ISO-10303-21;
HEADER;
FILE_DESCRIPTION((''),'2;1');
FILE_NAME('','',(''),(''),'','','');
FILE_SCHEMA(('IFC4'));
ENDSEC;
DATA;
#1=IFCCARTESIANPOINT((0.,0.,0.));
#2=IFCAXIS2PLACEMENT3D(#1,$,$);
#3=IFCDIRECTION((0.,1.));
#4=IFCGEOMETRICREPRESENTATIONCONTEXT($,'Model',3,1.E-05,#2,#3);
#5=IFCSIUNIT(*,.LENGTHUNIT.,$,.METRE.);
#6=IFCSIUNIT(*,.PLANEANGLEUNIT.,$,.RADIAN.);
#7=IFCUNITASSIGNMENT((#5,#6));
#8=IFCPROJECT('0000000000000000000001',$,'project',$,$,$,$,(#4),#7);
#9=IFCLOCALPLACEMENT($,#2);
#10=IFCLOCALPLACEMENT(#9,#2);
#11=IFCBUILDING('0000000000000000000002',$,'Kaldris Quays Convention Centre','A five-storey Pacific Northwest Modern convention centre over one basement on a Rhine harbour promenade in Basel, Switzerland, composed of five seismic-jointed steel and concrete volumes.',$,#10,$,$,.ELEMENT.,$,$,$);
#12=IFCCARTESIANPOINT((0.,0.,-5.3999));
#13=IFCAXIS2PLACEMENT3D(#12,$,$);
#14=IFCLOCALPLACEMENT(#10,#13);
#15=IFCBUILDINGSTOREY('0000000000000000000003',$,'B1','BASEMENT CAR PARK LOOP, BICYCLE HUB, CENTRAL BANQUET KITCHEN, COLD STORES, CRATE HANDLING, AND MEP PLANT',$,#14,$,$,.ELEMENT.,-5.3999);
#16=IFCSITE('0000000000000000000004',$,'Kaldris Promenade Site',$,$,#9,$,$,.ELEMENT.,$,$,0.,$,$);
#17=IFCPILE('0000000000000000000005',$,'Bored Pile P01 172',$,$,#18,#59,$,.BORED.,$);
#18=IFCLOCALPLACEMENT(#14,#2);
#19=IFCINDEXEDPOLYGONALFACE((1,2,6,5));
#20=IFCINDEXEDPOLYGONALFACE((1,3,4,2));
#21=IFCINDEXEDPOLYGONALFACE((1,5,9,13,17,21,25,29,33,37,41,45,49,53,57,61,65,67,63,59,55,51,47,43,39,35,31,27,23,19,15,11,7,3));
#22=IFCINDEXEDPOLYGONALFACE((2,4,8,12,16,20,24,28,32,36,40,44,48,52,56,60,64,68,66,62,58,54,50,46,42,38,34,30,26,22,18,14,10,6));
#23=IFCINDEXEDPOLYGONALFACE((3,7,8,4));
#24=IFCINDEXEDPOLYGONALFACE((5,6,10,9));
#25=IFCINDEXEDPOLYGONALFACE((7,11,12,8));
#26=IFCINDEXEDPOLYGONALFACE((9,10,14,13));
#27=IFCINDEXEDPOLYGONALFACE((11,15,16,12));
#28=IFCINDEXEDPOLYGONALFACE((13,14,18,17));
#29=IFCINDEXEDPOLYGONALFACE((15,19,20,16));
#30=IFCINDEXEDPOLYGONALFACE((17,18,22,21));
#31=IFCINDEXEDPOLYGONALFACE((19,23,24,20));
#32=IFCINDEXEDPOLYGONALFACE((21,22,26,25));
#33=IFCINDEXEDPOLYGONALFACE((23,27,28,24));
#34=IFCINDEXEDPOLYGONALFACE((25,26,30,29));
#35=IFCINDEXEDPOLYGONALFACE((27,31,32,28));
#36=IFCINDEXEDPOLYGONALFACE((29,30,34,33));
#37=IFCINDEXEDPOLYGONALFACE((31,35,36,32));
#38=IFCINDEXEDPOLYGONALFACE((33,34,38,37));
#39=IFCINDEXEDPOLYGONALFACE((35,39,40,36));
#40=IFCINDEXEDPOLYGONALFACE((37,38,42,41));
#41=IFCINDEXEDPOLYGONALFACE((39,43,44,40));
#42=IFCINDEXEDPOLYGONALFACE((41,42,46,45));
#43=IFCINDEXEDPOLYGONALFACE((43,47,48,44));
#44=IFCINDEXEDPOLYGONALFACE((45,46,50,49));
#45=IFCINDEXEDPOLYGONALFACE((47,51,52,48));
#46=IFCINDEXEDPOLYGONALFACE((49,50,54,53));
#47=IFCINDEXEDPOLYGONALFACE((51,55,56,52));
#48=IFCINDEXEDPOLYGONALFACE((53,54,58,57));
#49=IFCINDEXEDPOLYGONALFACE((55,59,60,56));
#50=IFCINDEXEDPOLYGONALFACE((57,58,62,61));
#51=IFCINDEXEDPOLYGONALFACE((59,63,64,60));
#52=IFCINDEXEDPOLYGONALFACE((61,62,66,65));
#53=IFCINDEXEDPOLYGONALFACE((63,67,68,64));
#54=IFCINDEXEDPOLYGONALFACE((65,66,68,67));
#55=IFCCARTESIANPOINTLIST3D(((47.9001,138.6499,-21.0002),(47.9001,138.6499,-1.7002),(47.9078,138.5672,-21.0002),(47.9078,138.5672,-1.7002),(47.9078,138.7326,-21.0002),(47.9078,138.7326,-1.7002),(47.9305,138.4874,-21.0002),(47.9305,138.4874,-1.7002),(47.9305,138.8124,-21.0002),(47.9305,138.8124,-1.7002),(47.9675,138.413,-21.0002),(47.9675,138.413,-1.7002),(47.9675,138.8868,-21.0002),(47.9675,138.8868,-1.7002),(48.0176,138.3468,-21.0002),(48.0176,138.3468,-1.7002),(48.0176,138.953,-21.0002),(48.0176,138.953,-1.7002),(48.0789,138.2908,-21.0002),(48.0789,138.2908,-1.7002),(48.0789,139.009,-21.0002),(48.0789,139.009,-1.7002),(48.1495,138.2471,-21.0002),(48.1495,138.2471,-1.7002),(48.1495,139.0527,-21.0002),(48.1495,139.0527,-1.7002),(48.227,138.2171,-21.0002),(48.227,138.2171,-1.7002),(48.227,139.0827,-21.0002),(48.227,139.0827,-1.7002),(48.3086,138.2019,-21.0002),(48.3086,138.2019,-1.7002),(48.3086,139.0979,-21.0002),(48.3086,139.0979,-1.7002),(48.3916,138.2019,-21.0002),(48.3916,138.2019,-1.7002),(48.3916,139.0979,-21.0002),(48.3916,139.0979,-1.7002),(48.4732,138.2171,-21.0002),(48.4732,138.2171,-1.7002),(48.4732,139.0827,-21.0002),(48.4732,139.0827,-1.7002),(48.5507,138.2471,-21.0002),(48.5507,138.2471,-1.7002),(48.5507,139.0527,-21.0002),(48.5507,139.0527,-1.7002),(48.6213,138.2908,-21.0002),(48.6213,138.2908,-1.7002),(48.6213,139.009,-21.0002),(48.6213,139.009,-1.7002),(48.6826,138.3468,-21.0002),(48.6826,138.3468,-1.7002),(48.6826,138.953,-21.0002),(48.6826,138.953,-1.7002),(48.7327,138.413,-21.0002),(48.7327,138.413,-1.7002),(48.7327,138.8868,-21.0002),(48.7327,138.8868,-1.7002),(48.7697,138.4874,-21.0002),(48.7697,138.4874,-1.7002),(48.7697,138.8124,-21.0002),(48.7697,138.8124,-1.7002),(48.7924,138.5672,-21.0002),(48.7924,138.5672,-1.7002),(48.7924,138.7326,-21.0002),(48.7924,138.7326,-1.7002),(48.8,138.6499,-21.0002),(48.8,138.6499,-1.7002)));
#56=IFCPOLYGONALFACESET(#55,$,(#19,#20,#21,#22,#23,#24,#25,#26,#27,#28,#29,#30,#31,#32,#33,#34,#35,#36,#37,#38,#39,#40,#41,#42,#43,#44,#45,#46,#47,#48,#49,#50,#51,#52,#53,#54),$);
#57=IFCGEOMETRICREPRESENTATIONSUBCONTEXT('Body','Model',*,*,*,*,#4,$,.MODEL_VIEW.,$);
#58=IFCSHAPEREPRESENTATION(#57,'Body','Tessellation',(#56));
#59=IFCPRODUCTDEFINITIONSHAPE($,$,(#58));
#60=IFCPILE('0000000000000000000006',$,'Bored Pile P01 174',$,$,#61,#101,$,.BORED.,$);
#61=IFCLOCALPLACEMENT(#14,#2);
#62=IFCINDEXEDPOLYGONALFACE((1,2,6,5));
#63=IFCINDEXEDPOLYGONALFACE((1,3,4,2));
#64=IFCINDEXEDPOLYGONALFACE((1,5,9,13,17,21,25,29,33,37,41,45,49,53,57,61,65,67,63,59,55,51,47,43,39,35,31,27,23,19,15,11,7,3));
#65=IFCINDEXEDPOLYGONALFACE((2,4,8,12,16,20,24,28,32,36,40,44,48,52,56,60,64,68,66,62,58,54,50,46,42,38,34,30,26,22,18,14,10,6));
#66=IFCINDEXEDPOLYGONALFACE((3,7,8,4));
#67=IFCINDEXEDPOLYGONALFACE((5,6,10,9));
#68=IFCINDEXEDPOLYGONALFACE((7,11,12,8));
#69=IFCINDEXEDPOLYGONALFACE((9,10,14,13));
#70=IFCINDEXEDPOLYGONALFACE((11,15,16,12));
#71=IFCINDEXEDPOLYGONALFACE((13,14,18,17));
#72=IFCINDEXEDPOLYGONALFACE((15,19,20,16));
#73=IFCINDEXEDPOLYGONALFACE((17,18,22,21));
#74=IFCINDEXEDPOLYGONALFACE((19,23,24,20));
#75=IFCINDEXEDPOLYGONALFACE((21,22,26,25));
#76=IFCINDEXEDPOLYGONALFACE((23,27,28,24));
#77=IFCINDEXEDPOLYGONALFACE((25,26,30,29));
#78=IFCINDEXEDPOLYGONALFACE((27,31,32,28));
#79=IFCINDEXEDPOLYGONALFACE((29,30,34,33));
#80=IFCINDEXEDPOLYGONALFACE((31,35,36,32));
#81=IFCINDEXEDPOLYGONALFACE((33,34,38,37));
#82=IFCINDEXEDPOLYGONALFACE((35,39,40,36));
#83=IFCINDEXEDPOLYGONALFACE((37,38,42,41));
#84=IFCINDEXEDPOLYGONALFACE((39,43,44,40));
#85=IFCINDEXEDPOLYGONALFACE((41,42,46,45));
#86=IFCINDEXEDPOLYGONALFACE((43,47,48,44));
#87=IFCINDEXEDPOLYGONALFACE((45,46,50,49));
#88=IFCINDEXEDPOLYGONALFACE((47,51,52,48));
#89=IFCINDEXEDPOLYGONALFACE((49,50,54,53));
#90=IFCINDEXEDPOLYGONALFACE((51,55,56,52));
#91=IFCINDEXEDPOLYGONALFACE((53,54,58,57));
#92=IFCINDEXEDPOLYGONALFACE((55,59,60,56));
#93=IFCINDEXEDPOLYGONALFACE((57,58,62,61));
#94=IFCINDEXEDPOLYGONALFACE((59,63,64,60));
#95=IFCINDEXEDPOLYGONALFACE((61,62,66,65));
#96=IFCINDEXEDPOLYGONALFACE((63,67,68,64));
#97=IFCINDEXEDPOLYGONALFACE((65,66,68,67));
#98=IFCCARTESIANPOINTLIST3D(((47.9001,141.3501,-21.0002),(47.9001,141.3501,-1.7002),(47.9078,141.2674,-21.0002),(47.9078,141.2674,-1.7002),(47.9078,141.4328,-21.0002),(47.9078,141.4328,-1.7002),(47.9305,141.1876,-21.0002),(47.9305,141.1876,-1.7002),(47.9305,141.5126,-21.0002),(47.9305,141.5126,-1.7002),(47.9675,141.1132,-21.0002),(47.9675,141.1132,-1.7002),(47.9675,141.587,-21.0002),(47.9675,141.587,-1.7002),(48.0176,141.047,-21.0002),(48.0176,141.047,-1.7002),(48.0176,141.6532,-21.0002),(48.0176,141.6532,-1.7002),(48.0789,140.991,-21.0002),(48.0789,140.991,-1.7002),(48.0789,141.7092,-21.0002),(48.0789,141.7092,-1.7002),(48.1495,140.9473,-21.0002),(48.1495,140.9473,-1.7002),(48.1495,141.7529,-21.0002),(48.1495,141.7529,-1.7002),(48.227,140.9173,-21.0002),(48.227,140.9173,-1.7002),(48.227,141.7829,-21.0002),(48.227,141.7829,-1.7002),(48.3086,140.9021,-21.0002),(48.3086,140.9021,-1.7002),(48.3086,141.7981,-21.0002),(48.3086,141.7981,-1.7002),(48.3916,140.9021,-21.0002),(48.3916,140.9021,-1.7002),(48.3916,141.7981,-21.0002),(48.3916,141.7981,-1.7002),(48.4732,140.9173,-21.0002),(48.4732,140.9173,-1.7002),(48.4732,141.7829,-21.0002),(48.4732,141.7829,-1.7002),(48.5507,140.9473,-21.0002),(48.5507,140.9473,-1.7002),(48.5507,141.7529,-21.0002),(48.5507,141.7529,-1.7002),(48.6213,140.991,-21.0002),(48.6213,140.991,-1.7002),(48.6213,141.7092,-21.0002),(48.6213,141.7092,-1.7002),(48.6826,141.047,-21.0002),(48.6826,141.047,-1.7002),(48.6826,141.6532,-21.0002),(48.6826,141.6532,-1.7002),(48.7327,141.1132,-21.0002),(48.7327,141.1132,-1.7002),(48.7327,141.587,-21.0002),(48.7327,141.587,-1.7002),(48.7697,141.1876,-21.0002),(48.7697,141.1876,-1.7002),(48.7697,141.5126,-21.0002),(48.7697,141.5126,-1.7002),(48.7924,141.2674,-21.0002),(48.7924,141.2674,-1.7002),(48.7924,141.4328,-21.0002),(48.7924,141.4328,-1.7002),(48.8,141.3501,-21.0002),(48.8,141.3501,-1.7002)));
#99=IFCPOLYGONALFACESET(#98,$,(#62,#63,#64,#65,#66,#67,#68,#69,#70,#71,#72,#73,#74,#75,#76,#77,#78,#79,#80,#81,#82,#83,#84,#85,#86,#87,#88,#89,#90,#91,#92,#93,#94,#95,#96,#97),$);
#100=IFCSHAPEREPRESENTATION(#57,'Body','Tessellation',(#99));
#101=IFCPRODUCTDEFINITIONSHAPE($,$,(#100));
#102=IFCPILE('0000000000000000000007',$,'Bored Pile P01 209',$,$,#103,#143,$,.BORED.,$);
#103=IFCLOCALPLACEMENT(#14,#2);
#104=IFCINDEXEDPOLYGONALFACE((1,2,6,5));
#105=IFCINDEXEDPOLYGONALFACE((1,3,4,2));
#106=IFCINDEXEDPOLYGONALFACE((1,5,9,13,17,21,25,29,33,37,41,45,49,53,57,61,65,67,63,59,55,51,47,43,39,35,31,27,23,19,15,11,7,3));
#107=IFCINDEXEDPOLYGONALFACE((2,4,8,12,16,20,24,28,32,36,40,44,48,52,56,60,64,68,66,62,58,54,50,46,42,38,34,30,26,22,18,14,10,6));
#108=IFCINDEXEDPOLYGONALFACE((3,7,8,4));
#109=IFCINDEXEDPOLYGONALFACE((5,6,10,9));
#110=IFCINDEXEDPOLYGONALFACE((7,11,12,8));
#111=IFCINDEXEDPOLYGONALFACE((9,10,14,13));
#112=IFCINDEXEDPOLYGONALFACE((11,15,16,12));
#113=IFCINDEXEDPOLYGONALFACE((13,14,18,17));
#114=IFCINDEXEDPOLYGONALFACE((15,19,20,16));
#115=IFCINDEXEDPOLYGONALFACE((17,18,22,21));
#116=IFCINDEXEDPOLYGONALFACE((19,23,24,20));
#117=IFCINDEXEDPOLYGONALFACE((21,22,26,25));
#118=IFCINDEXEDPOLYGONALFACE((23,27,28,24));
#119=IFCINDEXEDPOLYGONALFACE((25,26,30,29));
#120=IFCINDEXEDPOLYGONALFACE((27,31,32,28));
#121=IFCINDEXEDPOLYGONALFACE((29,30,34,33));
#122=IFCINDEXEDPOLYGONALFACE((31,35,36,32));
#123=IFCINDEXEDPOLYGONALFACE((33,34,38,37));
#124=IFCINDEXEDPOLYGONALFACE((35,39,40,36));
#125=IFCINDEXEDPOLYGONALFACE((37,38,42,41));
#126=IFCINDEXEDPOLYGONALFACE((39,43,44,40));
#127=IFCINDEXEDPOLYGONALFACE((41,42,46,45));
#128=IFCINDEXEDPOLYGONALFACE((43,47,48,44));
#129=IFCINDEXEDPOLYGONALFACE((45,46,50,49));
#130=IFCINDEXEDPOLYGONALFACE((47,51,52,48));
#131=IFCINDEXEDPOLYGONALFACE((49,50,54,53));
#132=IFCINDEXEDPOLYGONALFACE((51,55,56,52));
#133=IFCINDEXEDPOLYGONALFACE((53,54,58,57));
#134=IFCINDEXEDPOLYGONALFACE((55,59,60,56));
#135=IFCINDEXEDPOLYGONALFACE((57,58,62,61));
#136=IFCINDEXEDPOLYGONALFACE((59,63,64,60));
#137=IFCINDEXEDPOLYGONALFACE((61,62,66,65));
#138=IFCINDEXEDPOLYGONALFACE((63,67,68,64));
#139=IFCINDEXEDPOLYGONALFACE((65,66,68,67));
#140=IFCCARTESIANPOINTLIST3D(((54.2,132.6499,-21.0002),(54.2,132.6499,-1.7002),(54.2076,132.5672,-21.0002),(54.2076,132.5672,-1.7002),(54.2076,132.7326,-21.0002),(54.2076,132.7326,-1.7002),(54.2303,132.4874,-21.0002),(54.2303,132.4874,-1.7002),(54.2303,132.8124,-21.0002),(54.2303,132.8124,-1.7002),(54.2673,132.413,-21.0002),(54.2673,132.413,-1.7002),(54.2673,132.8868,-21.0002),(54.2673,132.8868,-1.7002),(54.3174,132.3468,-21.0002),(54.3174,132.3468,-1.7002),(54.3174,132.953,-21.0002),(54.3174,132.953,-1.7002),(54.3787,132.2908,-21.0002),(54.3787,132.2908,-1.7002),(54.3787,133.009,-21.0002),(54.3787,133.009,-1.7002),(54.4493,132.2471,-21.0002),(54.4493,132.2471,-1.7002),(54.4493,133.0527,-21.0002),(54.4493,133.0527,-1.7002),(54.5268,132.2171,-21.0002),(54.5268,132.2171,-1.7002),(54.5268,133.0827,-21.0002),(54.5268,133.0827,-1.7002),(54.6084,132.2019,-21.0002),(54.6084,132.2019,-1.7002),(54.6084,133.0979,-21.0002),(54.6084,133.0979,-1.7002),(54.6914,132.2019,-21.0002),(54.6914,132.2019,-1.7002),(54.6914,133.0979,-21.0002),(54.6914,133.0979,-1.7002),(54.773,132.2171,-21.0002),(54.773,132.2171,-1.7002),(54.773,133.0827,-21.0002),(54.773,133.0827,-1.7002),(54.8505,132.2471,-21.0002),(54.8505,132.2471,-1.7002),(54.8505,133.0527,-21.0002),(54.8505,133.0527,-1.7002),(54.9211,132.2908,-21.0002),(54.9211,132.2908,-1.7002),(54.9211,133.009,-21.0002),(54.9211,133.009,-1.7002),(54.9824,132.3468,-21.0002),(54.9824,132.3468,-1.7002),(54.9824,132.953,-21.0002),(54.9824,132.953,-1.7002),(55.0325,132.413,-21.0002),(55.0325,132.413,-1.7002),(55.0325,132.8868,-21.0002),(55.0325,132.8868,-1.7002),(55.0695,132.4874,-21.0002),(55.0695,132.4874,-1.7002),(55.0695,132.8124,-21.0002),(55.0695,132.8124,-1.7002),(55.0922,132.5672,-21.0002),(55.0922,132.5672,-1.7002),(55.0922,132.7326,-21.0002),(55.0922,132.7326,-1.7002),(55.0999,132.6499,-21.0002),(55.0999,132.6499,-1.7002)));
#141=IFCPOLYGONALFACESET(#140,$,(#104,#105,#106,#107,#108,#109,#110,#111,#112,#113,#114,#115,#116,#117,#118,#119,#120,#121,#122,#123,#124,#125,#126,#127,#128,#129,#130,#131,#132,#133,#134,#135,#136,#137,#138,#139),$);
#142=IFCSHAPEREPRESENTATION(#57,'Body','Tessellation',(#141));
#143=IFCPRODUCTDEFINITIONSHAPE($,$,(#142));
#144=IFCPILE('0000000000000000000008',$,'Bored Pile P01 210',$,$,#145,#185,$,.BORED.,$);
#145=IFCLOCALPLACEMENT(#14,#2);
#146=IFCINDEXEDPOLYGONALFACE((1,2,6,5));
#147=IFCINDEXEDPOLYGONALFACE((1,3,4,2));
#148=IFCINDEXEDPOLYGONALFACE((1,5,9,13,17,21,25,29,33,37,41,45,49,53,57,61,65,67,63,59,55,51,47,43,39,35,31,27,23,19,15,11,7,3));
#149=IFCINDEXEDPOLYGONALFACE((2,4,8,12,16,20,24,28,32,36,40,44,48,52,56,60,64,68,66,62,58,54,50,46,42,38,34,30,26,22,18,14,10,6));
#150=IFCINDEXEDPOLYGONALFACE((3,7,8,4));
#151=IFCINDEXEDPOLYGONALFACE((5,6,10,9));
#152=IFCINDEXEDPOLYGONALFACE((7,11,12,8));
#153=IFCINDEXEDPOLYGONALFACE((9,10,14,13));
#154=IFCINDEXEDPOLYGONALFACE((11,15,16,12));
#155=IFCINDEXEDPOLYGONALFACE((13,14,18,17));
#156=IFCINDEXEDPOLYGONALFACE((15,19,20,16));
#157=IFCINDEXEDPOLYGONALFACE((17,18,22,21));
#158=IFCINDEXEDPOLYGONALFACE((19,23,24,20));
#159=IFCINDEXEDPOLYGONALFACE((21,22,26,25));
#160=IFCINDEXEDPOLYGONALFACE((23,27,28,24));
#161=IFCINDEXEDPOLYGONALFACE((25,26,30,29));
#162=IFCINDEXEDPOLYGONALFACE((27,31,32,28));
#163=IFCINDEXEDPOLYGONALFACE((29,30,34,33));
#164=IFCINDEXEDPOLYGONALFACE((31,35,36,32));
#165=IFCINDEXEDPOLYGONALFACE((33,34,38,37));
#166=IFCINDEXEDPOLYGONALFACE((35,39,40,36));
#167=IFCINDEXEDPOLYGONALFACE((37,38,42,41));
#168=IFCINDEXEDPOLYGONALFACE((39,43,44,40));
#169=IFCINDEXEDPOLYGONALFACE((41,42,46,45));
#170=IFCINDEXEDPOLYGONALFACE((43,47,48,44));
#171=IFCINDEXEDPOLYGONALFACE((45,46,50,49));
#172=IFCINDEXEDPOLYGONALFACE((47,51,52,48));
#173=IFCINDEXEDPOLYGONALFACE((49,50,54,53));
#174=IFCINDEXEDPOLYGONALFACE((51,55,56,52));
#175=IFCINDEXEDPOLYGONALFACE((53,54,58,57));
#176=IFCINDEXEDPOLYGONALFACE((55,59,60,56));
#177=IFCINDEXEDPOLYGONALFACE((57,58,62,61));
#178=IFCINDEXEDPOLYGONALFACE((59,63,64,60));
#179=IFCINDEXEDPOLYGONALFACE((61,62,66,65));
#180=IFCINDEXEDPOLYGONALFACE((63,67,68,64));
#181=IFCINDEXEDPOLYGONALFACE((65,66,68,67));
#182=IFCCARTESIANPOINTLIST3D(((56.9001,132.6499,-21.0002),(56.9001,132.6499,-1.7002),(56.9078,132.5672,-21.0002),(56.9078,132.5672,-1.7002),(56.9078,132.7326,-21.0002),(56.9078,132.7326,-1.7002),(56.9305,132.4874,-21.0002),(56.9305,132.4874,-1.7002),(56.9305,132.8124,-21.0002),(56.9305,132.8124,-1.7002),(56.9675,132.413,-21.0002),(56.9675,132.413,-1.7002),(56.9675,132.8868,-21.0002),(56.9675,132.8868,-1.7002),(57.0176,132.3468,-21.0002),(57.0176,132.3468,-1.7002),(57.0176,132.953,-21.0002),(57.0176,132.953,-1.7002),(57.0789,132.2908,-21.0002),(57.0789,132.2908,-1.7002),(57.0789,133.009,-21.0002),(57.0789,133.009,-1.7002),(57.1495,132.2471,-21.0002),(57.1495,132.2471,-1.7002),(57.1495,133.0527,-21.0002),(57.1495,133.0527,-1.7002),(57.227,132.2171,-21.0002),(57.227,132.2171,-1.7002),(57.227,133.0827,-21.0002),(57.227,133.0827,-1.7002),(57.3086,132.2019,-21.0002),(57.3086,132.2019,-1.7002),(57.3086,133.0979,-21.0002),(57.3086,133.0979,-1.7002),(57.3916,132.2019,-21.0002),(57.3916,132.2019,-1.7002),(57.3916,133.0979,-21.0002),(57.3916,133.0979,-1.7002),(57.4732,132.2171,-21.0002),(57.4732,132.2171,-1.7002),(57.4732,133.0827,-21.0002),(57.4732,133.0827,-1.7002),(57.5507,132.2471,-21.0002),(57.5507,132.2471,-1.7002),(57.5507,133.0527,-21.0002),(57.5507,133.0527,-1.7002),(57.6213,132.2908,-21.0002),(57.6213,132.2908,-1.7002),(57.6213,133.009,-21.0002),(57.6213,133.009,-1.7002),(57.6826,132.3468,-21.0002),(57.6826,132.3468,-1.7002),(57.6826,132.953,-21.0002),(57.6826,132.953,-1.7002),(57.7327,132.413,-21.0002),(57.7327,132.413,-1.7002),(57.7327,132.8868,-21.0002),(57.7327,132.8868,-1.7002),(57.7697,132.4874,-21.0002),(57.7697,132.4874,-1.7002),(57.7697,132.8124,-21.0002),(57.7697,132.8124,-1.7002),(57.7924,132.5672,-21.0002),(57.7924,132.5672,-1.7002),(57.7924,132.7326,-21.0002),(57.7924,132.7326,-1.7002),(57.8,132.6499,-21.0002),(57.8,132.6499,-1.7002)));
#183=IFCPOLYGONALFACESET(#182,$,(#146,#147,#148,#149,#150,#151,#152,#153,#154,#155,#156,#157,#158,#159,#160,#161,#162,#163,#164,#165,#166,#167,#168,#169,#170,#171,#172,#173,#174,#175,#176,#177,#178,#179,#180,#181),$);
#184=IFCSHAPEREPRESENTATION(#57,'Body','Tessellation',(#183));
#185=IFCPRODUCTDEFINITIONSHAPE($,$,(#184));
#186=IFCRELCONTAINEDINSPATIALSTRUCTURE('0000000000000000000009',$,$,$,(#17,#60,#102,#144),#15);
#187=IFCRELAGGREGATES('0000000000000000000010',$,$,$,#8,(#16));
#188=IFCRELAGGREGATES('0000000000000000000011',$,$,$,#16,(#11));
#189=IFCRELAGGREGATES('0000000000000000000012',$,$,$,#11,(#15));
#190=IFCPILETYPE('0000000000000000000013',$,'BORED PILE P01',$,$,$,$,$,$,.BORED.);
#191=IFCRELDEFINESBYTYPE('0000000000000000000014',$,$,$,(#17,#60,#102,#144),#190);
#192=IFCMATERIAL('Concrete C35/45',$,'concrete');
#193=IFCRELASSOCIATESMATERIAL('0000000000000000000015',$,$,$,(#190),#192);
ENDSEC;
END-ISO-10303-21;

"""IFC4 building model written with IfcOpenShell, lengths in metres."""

from ifc_helpers import new_model, si_unit, direction, frame, origin, origin_2d, place, context, subcontext, project, spatial, circle, extrude, material, material_profile, profile_set, type_object, element, save


model = new_model("IFC4")

# Units and contexts
model_context = context("Model", 3, precision=1e-05, world=origin(), true_north=direction((0.0, 1.0)))
body_context = subcontext(model_context, "Body", "Model", "MODEL_VIEW")
ifc_project = project(units=[si_unit("LENGTHUNIT", "METRE"), si_unit("PLANEANGLEUNIT", "RADIAN")], contexts=[model_context])

# Site, building, storey
site_placement = place(None, origin())
site = spatial("IfcSite", under=ifc_project, at=site_placement, Name="Kaldris Promenade Site", CompositionType="ELEMENT", RefElevation=0.0)
building_placement = place(site_placement, origin())
building = spatial("IfcBuilding", under=site, at=building_placement, Name="Kaldris Quays Convention Centre", Description="A five-storey Pacific Northwest Modern convention centre over one basement on a Rhine harbour promenade in Basel, Switzerland, composed of five seismic-jointed steel and concrete volumes.", CompositionType="ELEMENT")
storey_placement = place(building_placement, frame((0.0, 0.0, -5.3999)))
storey = spatial("IfcBuildingStorey", under=building, at=storey_placement, Name="B1", Description="BASEMENT CAR PARK LOOP, BICYCLE HUB, CENTRAL BANQUET KITCHEN, COLD STORES, CRATE HANDLING, AND MEP PLANT", CompositionType="ELEMENT", Elevation=-5.3999)

# Piles
ifc_material_1 = material(Name="Concrete C35/45", Category="concrete")
ifc_material_profile_1 = material_profile(ifc_material_1, circle(Radius=0.45, at=origin_2d()), Name="BORED PILE D900")
ifc_profile_set_1 = profile_set([ifc_material_profile_1], Name="Concrete C35/45")
pile_type = type_object("IfcPileType", Name="BORED PILE P01", PredefinedType="BORED", material=ifc_profile_set_1)
for number, where, z_axis, x_axis, name in (
    (1, (48.3501, 138.6499, -1.7002), (0.0, 0.0, -1.0), (1.0, 0.0, 0.0), "Bored Pile P01 172"),
    (2, (48.3501, 141.3501, -1.7002), (0.0, 0.0, -1.0), (1.0, 0.0, 0.0), "Bored Pile P01 174"),
    (3, (54.6499, 132.6499, -1.7002), (0.0, 0.0, -1.0), (1.0, 0.0, 0.0), "Bored Pile P01 209"),
    (4, (57.3501, 132.6499, -1.7002), (0.0, 0.0, -1.0), (1.0, 0.0, 0.0), "Bored Pile P01 210"),
):
    element("IfcPile", number, at=place(storey_placement, frame(where, z_axis=z_axis, x_axis=x_axis)), inside=storey, type_object=pile_type, Name=name, PredefinedType="BORED", context=body_context, shape_type="SweptSolid", body=[
        extrude(circle(Radius=0.45, at=origin_2d()), origin(), (0.0, 0.0, 1.0), 19.3),
    ])

save(model, "model.ifc")
